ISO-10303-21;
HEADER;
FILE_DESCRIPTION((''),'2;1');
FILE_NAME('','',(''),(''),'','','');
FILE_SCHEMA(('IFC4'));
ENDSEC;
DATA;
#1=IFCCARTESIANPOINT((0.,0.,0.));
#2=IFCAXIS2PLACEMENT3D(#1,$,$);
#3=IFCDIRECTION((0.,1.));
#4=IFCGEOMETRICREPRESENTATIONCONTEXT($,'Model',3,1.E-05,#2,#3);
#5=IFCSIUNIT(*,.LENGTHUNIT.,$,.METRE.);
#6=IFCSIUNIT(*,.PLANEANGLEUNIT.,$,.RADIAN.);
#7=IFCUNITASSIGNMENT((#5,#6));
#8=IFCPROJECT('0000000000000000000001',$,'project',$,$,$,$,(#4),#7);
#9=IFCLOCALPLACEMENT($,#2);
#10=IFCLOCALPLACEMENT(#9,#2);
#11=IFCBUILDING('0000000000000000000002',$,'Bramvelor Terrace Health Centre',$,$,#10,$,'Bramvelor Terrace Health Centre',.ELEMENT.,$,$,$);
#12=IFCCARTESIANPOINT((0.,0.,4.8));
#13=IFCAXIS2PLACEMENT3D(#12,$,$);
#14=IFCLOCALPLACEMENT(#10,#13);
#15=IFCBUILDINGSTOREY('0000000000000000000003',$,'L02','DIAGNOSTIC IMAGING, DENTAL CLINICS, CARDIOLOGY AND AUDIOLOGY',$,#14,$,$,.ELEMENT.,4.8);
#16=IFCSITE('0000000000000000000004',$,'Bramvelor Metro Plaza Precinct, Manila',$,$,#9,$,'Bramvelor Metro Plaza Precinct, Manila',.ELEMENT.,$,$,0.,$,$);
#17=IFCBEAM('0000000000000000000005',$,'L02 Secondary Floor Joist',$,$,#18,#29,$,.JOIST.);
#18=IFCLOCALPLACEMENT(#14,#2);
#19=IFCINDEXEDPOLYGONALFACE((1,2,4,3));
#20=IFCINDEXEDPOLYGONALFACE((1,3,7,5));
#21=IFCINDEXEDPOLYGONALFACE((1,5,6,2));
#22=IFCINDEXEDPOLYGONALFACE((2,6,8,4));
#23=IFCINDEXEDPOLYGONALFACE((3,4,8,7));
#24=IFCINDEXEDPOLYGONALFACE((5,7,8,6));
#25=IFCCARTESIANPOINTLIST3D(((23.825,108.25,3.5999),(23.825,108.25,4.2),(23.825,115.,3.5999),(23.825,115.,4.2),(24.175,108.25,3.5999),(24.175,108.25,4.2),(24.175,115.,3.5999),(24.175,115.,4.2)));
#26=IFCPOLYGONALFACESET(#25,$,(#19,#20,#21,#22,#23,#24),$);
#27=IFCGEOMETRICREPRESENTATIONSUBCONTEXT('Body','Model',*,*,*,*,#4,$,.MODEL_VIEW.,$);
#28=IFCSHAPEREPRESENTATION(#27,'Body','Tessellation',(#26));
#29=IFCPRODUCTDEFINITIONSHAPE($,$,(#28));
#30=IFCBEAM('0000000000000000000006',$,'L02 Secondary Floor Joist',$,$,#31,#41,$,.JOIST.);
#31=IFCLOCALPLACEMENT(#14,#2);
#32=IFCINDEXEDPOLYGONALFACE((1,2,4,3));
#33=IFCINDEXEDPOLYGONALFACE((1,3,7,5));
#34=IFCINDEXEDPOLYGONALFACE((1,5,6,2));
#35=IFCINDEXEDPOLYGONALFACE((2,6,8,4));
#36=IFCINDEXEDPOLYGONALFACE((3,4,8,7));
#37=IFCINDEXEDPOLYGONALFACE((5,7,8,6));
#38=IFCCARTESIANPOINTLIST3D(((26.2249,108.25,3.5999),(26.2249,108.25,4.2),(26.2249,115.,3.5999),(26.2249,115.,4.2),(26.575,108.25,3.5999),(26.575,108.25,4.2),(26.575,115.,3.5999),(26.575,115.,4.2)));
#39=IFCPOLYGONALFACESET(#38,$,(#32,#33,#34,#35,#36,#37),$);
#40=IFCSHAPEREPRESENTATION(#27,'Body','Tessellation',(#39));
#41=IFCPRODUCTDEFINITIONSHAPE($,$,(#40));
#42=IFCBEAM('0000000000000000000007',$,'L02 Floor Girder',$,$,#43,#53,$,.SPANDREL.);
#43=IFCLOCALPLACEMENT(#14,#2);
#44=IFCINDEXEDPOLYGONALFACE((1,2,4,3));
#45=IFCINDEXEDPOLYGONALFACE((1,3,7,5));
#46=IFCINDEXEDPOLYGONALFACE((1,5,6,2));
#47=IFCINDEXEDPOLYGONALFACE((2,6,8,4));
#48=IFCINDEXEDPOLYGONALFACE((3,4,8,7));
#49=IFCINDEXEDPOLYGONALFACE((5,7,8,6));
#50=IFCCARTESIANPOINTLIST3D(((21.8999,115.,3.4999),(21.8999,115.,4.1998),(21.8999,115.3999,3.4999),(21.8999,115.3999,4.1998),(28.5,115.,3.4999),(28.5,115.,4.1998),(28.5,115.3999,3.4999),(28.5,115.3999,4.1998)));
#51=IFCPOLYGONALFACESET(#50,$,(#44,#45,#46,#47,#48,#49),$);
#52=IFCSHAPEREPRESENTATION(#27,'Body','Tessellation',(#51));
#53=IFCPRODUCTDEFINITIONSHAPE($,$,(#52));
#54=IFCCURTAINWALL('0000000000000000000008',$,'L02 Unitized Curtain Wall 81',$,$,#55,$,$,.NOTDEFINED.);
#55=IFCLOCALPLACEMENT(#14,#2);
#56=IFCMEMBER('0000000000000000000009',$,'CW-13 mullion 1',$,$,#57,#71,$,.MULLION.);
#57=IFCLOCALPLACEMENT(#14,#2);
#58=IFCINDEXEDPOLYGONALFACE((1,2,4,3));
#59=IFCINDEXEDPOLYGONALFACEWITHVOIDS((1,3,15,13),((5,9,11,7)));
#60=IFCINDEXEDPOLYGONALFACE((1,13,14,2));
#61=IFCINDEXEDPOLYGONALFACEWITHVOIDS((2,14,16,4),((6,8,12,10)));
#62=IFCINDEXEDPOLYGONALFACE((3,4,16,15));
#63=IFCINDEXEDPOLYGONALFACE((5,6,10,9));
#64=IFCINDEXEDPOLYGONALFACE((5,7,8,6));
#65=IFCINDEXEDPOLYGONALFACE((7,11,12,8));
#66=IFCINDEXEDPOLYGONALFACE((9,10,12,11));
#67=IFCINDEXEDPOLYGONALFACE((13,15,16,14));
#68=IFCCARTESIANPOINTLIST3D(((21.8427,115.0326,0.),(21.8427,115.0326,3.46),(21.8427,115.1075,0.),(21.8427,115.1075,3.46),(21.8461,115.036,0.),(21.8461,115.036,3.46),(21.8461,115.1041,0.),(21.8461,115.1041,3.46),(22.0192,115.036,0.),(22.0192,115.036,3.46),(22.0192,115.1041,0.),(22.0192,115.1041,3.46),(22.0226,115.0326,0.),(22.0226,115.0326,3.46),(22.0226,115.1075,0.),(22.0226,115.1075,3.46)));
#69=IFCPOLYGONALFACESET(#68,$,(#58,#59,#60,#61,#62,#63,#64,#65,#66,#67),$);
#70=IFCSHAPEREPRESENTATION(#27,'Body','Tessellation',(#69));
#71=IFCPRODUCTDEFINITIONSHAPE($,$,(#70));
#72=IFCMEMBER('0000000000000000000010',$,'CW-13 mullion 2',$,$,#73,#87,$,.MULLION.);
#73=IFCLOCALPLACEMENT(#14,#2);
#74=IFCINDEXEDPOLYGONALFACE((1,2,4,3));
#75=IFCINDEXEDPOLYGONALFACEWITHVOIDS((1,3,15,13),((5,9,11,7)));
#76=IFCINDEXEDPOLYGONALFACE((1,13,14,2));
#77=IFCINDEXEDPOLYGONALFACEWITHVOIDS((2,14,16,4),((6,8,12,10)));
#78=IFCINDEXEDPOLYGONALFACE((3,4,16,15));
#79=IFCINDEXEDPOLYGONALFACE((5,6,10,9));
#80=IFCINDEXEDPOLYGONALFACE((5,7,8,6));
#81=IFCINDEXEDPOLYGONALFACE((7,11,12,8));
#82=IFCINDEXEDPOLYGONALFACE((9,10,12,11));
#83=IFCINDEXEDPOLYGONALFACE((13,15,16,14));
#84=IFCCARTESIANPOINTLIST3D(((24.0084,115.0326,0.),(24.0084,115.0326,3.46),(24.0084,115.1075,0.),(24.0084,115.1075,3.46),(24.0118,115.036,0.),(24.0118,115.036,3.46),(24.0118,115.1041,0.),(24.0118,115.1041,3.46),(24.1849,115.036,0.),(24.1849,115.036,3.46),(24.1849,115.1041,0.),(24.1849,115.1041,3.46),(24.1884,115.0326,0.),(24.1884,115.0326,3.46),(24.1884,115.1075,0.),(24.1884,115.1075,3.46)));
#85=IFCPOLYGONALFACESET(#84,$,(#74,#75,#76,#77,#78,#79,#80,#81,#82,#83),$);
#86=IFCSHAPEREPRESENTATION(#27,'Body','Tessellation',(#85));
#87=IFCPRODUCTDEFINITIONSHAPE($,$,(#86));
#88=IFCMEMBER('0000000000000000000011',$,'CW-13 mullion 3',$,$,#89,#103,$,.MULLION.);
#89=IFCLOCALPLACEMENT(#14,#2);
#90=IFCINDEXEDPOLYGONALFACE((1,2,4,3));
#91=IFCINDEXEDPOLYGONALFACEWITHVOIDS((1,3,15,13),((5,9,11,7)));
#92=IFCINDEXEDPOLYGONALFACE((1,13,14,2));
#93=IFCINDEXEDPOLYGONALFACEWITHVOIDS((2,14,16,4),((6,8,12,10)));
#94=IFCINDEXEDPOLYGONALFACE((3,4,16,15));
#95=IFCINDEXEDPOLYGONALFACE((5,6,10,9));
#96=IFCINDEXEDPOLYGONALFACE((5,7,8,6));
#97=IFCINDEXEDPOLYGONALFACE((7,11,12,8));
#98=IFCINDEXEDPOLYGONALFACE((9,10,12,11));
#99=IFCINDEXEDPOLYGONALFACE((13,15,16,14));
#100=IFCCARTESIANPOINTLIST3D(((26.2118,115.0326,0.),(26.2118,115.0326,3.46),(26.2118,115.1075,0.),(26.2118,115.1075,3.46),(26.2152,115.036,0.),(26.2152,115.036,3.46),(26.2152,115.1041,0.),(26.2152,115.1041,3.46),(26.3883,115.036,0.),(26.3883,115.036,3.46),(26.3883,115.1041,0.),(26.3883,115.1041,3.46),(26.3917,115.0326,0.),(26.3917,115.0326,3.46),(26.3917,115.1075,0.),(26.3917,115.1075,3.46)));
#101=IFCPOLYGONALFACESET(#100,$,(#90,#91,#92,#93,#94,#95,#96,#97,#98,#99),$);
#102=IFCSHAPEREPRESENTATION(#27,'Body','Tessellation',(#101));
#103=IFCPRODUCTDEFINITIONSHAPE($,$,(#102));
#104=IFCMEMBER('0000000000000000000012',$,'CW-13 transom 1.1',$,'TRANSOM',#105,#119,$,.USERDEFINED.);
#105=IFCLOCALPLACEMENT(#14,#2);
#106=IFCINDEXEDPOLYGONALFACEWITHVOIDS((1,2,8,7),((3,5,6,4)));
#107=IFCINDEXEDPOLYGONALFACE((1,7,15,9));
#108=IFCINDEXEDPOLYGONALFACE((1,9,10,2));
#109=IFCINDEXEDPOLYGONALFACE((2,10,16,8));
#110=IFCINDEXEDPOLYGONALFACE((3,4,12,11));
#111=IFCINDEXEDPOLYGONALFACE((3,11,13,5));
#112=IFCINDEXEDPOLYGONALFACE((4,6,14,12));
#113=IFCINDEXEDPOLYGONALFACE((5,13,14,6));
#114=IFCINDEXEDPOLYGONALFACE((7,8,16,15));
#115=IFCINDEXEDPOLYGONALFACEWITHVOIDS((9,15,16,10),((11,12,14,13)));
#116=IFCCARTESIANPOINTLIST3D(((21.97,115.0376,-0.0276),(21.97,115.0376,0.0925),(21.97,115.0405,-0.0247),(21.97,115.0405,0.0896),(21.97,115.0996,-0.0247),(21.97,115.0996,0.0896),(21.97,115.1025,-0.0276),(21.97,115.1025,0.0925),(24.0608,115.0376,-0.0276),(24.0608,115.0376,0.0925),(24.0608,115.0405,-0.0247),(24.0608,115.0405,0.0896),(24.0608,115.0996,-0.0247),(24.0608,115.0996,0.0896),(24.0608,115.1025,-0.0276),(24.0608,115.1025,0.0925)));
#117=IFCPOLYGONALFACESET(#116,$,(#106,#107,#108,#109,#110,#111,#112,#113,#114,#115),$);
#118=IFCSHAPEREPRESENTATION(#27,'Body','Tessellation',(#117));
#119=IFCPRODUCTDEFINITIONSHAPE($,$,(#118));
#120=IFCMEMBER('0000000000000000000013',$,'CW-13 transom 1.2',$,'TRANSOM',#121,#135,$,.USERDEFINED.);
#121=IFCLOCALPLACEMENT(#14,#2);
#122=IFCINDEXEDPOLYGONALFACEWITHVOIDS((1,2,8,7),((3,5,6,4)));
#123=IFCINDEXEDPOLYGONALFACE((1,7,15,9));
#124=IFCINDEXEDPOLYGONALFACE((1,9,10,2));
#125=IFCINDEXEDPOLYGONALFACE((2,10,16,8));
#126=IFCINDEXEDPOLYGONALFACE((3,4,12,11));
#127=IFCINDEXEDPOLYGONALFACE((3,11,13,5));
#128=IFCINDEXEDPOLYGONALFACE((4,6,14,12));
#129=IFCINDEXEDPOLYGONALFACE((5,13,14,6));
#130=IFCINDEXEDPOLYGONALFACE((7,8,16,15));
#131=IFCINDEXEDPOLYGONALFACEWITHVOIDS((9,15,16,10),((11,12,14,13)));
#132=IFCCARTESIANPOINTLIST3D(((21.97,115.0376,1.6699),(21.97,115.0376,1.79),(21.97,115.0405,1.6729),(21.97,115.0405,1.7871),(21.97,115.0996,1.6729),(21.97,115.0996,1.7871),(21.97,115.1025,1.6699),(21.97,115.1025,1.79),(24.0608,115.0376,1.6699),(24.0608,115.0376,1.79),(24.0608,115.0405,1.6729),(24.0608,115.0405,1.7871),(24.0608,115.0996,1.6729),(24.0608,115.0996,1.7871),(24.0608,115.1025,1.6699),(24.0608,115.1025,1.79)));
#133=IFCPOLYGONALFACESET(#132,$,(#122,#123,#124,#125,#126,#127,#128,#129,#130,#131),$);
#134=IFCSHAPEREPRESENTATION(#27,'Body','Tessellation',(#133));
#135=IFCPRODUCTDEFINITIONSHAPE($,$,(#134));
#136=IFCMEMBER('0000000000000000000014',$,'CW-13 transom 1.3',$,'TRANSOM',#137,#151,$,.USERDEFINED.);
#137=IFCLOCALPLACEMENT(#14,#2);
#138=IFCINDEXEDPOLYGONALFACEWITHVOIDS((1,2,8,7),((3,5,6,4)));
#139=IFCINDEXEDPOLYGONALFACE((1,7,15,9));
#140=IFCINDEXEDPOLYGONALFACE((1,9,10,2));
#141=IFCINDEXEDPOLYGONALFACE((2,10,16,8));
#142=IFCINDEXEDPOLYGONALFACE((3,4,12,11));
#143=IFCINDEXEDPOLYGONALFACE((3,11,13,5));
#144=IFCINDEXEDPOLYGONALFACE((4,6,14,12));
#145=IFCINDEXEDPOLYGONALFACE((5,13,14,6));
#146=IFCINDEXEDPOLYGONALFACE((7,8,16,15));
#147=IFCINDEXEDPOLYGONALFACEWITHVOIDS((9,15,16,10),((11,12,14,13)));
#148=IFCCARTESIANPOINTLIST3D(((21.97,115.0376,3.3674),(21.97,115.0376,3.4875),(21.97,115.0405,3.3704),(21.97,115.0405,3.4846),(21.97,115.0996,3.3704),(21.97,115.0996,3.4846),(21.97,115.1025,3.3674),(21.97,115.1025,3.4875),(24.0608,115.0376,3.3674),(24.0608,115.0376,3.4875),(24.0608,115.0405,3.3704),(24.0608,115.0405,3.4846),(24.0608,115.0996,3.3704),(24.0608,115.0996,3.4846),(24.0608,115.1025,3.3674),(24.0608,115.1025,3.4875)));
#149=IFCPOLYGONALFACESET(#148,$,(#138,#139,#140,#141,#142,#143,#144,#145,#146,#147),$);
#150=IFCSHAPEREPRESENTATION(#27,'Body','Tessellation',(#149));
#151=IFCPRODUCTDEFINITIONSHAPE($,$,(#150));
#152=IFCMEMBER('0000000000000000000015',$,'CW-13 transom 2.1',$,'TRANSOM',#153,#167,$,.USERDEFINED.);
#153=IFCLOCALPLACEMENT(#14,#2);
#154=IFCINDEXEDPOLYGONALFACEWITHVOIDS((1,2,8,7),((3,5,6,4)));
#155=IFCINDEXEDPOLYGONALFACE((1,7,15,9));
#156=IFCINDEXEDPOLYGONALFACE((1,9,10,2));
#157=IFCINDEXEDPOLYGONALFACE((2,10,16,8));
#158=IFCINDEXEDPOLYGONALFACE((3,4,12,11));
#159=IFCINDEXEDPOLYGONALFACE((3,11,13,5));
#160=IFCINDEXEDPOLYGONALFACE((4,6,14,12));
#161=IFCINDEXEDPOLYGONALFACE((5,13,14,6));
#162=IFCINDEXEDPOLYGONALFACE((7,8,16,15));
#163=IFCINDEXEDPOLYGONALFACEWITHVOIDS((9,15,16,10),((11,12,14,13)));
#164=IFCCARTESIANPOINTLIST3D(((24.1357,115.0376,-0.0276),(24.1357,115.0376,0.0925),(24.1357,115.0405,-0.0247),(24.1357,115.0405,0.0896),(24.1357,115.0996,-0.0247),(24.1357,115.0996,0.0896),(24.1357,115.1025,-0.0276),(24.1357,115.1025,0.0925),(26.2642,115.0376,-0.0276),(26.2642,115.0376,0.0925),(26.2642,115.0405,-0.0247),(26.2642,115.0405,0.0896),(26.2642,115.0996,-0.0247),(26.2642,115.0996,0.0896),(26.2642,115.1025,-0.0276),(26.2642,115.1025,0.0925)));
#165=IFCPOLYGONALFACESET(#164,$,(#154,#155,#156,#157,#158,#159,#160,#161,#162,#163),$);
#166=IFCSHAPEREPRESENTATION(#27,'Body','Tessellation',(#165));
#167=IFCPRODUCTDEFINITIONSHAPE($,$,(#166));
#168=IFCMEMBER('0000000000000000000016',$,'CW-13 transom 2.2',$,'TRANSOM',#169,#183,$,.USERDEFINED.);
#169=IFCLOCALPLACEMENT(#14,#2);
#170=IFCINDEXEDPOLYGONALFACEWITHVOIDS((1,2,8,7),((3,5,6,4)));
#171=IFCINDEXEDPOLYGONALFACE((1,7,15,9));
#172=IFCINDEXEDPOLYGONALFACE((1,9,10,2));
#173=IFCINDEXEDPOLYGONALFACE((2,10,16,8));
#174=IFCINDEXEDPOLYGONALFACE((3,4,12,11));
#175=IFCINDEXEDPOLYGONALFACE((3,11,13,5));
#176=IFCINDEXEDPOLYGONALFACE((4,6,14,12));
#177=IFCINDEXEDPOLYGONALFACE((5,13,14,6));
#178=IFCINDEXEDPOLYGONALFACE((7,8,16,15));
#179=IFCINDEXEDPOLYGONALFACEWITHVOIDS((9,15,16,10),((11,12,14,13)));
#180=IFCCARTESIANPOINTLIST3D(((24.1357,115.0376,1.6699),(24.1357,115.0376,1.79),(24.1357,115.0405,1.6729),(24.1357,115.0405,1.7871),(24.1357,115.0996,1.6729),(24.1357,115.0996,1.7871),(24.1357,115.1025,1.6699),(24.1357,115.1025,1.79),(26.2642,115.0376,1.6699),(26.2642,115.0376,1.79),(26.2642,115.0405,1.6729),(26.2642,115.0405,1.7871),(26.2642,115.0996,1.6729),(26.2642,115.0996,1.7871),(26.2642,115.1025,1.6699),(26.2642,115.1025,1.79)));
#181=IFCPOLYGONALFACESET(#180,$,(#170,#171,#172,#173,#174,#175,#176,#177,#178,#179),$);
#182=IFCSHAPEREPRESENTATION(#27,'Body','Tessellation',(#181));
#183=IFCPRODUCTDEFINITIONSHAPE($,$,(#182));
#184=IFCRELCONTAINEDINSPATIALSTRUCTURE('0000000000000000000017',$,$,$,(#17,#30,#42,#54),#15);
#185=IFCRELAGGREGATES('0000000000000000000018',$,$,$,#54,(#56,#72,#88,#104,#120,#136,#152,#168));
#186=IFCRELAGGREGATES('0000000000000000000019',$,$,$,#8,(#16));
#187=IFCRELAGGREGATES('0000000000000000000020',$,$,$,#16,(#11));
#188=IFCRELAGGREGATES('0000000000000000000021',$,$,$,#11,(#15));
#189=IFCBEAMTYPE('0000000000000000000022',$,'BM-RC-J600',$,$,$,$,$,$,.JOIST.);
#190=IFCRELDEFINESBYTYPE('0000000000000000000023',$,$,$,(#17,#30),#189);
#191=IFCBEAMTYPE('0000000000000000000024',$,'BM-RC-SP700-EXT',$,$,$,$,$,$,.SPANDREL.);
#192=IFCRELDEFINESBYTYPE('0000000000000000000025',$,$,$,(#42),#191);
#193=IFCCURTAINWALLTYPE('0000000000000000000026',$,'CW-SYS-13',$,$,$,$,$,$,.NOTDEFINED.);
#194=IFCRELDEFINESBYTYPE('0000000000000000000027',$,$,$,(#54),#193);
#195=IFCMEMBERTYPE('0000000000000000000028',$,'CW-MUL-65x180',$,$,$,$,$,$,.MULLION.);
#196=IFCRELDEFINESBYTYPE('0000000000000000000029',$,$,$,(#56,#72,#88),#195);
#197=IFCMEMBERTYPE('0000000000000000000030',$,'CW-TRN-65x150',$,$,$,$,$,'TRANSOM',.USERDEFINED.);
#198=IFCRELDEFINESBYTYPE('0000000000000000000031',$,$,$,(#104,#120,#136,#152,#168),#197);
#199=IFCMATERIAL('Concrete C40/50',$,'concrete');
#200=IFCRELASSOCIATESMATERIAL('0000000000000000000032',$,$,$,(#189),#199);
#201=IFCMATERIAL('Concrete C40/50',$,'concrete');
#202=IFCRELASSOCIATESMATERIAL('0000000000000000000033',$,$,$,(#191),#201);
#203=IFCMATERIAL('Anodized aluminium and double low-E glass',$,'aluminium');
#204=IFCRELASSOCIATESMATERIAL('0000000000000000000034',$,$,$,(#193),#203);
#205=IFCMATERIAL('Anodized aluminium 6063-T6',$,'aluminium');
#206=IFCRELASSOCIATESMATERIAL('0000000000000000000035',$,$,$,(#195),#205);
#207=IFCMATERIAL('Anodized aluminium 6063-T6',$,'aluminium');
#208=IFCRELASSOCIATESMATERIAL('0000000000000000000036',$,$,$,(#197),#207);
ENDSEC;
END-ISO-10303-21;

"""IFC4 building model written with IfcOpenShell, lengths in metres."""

from ifc_helpers import new_model, si_unit, direction, frame, origin, origin_2d, place, context, subcontext, project, spatial, rectangle, hollow_rectangle, extrude, material, material_profile, profile_set, type_object, element, aggregate, save


model = new_model("IFC4")

# Units and contexts
model_context = context("Model", 3, precision=1e-05, world=origin(), true_north=direction((0.0, 1.0)))
body_context = subcontext(model_context, "Body", "Model", "MODEL_VIEW")
ifc_project = project(units=[si_unit("LENGTHUNIT", "METRE"), si_unit("PLANEANGLEUNIT", "RADIAN")], contexts=[model_context])

# Site, building, storey
site_placement = place(None, origin())
site = spatial("IfcSite", under=ifc_project, at=site_placement, Name="Bramvelor Metro Plaza Precinct, Manila", LongName="Bramvelor Metro Plaza Precinct, Manila", CompositionType="ELEMENT", RefElevation=0.0)
building_placement = place(site_placement, origin())
building = spatial("IfcBuilding", under=site, at=building_placement, Name="Bramvelor Terrace Health Centre", LongName="Bramvelor Terrace Health Centre", CompositionType="ELEMENT")
storey_placement = place(building_placement, frame((0.0, 0.0, 4.8)))
storey = spatial("IfcBuildingStorey", under=building, at=storey_placement, Name="L02", Description="DIAGNOSTIC IMAGING, DENTAL CLINICS, CARDIOLOGY AND AUDIOLOGY", CompositionType="ELEMENT", Elevation=4.8)

# Beams
ifc_material_1 = material(Name="Concrete C40/50", Category="concrete")
ifc_material_profile_1 = material_profile(ifc_material_1, rectangle(XDim=0.3501, YDim=0.6001, at=origin_2d()), Name="RC 350x600")
ifc_profile_set_1 = profile_set([ifc_material_profile_1], Name="Concrete C40/50")
beam_type_1 = type_object("IfcBeamType", Name="BM-RC-J600", PredefinedType="JOIST", material=ifc_profile_set_1)
for number, where, z_axis, x_axis, name in (
    (1, (24.0, 108.25, 3.8999), (0.0, 1.0, 0.0), (-1.0, 0.0, 0.0), "L02 Secondary Floor Joist"),
    (2, (26.3999, 108.25, 3.8999), (0.0, 1.0, 0.0), (-1.0, 0.0, 0.0), "L02 Secondary Floor Joist"),
):
    element("IfcBeam", number, at=place(storey_placement, frame(where, z_axis=z_axis, x_axis=x_axis)), inside=storey, type_object=beam_type_1, Name=name, PredefinedType="JOIST", context=body_context, shape_type="SweptSolid", body=[
        extrude(rectangle(XDim=0.3501, YDim=0.6001, at=origin_2d()), origin(), (0.0, 0.0, 1.0), 6.75),
    ])
ifc_material_2 = material(Name="Concrete C40/50", Category="concrete")
ifc_material_profile_2 = material_profile(ifc_material_2, rectangle(XDim=0.3999, YDim=0.7, at=origin_2d()), Name="RC 400x700")
ifc_profile_set_2 = profile_set([ifc_material_profile_2], Name="Concrete C40/50")
beam_type_2 = type_object("IfcBeamType", Name="BM-RC-SP700-EXT", PredefinedType="SPANDREL", material=ifc_profile_set_2)
beam_placement = place(storey_placement, frame((21.8999, 115.2, 3.8499), z_axis=(1.0, 0.0, 0.0), x_axis=(0.0, 1.0, 0.0)))
element("IfcBeam", 3, at=beam_placement, inside=storey, type_object=beam_type_2, Name="L02 Floor Girder", PredefinedType="SPANDREL", context=body_context, shape_type="SweptSolid", body=[
    extrude(rectangle(XDim=0.3999, YDim=0.7, at=origin_2d()), origin(), (0.0, 0.0, 1.0), 6.6001),
])

# Curtain wall, members
ifc_material_3 = material(Name="Anodized aluminium and double low-E glass", Category="aluminium")
curtain_wall_type = type_object("IfcCurtainWallType", Name="CW-SYS-13", PredefinedType="NOTDEFINED", material=ifc_material_3)
curtain_wall_placement = place(storey_placement, origin())
curtain_wall = element("IfcCurtainWall", 4, at=curtain_wall_placement, inside=storey, type_object=curtain_wall_type, Name="L02 Unitized Curtain Wall 81", PredefinedType="NOTDEFINED")
ifc_material_4 = material(Name="Anodized aluminium 6063-T6", Category="aluminium")
ifc_material_profile_3 = material_profile(ifc_material_4, hollow_rectangle(XDim=0.075, YDim=0.1799, WallThickness=0.0034, at=origin_2d()), Name="ALU-MUL 75x180x3.5")
ifc_profile_set_3 = profile_set([ifc_material_profile_3], Name="Anodized aluminium 6063-T6")
member_type_1 = type_object("IfcMemberType", Name="CW-MUL-65x180", PredefinedType="MULLION", material=ifc_profile_set_3)
member_1_placement = place(storey_placement, frame((21.9326, 115.0701, 0.0), z_axis=(0.0, 0.0, 1.0), x_axis=(0.0, 1.0, 0.0)))
member_1 = element("IfcMember", 5, at=member_1_placement, type_object=member_type_1, Name="CW-13 mullion 1", PredefinedType="MULLION", context=body_context, shape_type="SweptSolid", body=[
    extrude(hollow_rectangle(XDim=0.075, YDim=0.1799, WallThickness=0.0034, at=origin_2d()), origin(), (0.0, 0.0, 1.0), 3.46),
])
member_2_placement = place(storey_placement, frame((24.0984, 115.0701, 0.0), z_axis=(0.0, 0.0, 1.0), x_axis=(0.0, 1.0, 0.0)))
member_2 = element("IfcMember", 6, at=member_2_placement, type_object=member_type_1, Name="CW-13 mullion 2", PredefinedType="MULLION", context=body_context, shape_type="SweptSolid", body=[
    extrude(hollow_rectangle(XDim=0.075, YDim=0.1799, WallThickness=0.0034, at=origin_2d()), origin(), (0.0, 0.0, 1.0), 3.46),
])
member_3_placement = place(storey_placement, frame((26.3018, 115.0701, 0.0), z_axis=(0.0, 0.0, 1.0), x_axis=(0.0, 1.0, 0.0)))
member_3 = element("IfcMember", 7, at=member_3_placement, type_object=member_type_1, Name="CW-13 mullion 3", PredefinedType="MULLION", context=body_context, shape_type="SweptSolid", body=[
    extrude(hollow_rectangle(XDim=0.075, YDim=0.1799, WallThickness=0.0034, at=origin_2d()), origin(), (0.0, 0.0, 1.0), 3.46),
])
ifc_material_5 = material(Name="Anodized aluminium 6063-T6", Category="aluminium")
ifc_material_profile_4 = material_profile(ifc_material_5, hollow_rectangle(XDim=0.0649, YDim=0.1201, WallThickness=0.0029, at=origin_2d()), Name="ALU-TRN 65x120x3.0")
ifc_profile_set_4 = profile_set([ifc_material_profile_4], Name="Anodized aluminium 6063-T6")
member_type_2 = type_object("IfcMemberType", Name="CW-TRN-65x150", ElementType="TRANSOM", PredefinedType="USERDEFINED", material=ifc_profile_set_4)
member_4_placement = place(storey_placement, frame((21.97, 115.0701, 0.0325), z_axis=(1.0, 0.0, 0.0), x_axis=(0.0, 1.0, 0.0)))
member_4 = element("IfcMember", 8, at=member_4_placement, type_object=member_type_2, Name="CW-13 transom 1.1", ObjectType="TRANSOM", PredefinedType="USERDEFINED", context=body_context, shape_type="SweptSolid", body=[
    extrude(hollow_rectangle(XDim=0.0649, YDim=0.1201, WallThickness=0.0029, at=origin_2d()), origin(), (0.0, 0.0, 1.0), 2.0908),
])
member_5_placement = place(storey_placement, frame((21.97, 115.0701, 1.73), z_axis=(1.0, 0.0, 0.0), x_axis=(0.0, 1.0, 0.0)))
member_5 = element("IfcMember", 9, at=member_5_placement, type_object=member_type_2, Name="CW-13 transom 1.2", ObjectType="TRANSOM", PredefinedType="USERDEFINED", context=body_context, shape_type="SweptSolid", body=[
    extrude(hollow_rectangle(XDim=0.0649, YDim=0.1201, WallThickness=0.0029, at=origin_2d()), origin(), (0.0, 0.0, 1.0), 2.0908),
])
member_6_placement = place(storey_placement, frame((21.97, 115.0701, 3.4275), z_axis=(1.0, 0.0, 0.0), x_axis=(0.0, 1.0, 0.0)))
member_6 = element("IfcMember", 10, at=member_6_placement, type_object=member_type_2, Name="CW-13 transom 1.3", ObjectType="TRANSOM", PredefinedType="USERDEFINED", context=body_context, shape_type="SweptSolid", body=[
    extrude(hollow_rectangle(XDim=0.0649, YDim=0.1201, WallThickness=0.0029, at=origin_2d()), origin(), (0.0, 0.0, 1.0), 2.0908),
])
member_7_placement = place(storey_placement, frame((24.1357, 115.0701, 0.0325), z_axis=(1.0, 0.0, 0.0), x_axis=(0.0, 1.0, 0.0)))
member_7 = element("IfcMember", 11, at=member_7_placement, type_object=member_type_2, Name="CW-13 transom 2.1", ObjectType="TRANSOM", PredefinedType="USERDEFINED", context=body_context, shape_type="SweptSolid", body=[
    extrude(hollow_rectangle(XDim=0.0649, YDim=0.1201, WallThickness=0.0029, at=origin_2d()), origin(), (0.0, 0.0, 1.0), 2.1284),
])
member_8_placement = place(storey_placement, frame((24.1357, 115.0701, 1.73), z_axis=(1.0, 0.0, 0.0), x_axis=(0.0, 1.0, 0.0)))
member_8 = element("IfcMember", 12, at=member_8_placement, type_object=member_type_2, Name="CW-13 transom 2.2", ObjectType="TRANSOM", PredefinedType="USERDEFINED", context=body_context, shape_type="SweptSolid", body=[
    extrude(hollow_rectangle(XDim=0.0649, YDim=0.1201, WallThickness=0.0029, at=origin_2d()), origin(), (0.0, 0.0, 1.0), 2.1284),
])
aggregate(curtain_wall, [member_1, member_2, member_3, member_4, member_5, member_6, member_7, member_8])

save(model, "model.ifc")
